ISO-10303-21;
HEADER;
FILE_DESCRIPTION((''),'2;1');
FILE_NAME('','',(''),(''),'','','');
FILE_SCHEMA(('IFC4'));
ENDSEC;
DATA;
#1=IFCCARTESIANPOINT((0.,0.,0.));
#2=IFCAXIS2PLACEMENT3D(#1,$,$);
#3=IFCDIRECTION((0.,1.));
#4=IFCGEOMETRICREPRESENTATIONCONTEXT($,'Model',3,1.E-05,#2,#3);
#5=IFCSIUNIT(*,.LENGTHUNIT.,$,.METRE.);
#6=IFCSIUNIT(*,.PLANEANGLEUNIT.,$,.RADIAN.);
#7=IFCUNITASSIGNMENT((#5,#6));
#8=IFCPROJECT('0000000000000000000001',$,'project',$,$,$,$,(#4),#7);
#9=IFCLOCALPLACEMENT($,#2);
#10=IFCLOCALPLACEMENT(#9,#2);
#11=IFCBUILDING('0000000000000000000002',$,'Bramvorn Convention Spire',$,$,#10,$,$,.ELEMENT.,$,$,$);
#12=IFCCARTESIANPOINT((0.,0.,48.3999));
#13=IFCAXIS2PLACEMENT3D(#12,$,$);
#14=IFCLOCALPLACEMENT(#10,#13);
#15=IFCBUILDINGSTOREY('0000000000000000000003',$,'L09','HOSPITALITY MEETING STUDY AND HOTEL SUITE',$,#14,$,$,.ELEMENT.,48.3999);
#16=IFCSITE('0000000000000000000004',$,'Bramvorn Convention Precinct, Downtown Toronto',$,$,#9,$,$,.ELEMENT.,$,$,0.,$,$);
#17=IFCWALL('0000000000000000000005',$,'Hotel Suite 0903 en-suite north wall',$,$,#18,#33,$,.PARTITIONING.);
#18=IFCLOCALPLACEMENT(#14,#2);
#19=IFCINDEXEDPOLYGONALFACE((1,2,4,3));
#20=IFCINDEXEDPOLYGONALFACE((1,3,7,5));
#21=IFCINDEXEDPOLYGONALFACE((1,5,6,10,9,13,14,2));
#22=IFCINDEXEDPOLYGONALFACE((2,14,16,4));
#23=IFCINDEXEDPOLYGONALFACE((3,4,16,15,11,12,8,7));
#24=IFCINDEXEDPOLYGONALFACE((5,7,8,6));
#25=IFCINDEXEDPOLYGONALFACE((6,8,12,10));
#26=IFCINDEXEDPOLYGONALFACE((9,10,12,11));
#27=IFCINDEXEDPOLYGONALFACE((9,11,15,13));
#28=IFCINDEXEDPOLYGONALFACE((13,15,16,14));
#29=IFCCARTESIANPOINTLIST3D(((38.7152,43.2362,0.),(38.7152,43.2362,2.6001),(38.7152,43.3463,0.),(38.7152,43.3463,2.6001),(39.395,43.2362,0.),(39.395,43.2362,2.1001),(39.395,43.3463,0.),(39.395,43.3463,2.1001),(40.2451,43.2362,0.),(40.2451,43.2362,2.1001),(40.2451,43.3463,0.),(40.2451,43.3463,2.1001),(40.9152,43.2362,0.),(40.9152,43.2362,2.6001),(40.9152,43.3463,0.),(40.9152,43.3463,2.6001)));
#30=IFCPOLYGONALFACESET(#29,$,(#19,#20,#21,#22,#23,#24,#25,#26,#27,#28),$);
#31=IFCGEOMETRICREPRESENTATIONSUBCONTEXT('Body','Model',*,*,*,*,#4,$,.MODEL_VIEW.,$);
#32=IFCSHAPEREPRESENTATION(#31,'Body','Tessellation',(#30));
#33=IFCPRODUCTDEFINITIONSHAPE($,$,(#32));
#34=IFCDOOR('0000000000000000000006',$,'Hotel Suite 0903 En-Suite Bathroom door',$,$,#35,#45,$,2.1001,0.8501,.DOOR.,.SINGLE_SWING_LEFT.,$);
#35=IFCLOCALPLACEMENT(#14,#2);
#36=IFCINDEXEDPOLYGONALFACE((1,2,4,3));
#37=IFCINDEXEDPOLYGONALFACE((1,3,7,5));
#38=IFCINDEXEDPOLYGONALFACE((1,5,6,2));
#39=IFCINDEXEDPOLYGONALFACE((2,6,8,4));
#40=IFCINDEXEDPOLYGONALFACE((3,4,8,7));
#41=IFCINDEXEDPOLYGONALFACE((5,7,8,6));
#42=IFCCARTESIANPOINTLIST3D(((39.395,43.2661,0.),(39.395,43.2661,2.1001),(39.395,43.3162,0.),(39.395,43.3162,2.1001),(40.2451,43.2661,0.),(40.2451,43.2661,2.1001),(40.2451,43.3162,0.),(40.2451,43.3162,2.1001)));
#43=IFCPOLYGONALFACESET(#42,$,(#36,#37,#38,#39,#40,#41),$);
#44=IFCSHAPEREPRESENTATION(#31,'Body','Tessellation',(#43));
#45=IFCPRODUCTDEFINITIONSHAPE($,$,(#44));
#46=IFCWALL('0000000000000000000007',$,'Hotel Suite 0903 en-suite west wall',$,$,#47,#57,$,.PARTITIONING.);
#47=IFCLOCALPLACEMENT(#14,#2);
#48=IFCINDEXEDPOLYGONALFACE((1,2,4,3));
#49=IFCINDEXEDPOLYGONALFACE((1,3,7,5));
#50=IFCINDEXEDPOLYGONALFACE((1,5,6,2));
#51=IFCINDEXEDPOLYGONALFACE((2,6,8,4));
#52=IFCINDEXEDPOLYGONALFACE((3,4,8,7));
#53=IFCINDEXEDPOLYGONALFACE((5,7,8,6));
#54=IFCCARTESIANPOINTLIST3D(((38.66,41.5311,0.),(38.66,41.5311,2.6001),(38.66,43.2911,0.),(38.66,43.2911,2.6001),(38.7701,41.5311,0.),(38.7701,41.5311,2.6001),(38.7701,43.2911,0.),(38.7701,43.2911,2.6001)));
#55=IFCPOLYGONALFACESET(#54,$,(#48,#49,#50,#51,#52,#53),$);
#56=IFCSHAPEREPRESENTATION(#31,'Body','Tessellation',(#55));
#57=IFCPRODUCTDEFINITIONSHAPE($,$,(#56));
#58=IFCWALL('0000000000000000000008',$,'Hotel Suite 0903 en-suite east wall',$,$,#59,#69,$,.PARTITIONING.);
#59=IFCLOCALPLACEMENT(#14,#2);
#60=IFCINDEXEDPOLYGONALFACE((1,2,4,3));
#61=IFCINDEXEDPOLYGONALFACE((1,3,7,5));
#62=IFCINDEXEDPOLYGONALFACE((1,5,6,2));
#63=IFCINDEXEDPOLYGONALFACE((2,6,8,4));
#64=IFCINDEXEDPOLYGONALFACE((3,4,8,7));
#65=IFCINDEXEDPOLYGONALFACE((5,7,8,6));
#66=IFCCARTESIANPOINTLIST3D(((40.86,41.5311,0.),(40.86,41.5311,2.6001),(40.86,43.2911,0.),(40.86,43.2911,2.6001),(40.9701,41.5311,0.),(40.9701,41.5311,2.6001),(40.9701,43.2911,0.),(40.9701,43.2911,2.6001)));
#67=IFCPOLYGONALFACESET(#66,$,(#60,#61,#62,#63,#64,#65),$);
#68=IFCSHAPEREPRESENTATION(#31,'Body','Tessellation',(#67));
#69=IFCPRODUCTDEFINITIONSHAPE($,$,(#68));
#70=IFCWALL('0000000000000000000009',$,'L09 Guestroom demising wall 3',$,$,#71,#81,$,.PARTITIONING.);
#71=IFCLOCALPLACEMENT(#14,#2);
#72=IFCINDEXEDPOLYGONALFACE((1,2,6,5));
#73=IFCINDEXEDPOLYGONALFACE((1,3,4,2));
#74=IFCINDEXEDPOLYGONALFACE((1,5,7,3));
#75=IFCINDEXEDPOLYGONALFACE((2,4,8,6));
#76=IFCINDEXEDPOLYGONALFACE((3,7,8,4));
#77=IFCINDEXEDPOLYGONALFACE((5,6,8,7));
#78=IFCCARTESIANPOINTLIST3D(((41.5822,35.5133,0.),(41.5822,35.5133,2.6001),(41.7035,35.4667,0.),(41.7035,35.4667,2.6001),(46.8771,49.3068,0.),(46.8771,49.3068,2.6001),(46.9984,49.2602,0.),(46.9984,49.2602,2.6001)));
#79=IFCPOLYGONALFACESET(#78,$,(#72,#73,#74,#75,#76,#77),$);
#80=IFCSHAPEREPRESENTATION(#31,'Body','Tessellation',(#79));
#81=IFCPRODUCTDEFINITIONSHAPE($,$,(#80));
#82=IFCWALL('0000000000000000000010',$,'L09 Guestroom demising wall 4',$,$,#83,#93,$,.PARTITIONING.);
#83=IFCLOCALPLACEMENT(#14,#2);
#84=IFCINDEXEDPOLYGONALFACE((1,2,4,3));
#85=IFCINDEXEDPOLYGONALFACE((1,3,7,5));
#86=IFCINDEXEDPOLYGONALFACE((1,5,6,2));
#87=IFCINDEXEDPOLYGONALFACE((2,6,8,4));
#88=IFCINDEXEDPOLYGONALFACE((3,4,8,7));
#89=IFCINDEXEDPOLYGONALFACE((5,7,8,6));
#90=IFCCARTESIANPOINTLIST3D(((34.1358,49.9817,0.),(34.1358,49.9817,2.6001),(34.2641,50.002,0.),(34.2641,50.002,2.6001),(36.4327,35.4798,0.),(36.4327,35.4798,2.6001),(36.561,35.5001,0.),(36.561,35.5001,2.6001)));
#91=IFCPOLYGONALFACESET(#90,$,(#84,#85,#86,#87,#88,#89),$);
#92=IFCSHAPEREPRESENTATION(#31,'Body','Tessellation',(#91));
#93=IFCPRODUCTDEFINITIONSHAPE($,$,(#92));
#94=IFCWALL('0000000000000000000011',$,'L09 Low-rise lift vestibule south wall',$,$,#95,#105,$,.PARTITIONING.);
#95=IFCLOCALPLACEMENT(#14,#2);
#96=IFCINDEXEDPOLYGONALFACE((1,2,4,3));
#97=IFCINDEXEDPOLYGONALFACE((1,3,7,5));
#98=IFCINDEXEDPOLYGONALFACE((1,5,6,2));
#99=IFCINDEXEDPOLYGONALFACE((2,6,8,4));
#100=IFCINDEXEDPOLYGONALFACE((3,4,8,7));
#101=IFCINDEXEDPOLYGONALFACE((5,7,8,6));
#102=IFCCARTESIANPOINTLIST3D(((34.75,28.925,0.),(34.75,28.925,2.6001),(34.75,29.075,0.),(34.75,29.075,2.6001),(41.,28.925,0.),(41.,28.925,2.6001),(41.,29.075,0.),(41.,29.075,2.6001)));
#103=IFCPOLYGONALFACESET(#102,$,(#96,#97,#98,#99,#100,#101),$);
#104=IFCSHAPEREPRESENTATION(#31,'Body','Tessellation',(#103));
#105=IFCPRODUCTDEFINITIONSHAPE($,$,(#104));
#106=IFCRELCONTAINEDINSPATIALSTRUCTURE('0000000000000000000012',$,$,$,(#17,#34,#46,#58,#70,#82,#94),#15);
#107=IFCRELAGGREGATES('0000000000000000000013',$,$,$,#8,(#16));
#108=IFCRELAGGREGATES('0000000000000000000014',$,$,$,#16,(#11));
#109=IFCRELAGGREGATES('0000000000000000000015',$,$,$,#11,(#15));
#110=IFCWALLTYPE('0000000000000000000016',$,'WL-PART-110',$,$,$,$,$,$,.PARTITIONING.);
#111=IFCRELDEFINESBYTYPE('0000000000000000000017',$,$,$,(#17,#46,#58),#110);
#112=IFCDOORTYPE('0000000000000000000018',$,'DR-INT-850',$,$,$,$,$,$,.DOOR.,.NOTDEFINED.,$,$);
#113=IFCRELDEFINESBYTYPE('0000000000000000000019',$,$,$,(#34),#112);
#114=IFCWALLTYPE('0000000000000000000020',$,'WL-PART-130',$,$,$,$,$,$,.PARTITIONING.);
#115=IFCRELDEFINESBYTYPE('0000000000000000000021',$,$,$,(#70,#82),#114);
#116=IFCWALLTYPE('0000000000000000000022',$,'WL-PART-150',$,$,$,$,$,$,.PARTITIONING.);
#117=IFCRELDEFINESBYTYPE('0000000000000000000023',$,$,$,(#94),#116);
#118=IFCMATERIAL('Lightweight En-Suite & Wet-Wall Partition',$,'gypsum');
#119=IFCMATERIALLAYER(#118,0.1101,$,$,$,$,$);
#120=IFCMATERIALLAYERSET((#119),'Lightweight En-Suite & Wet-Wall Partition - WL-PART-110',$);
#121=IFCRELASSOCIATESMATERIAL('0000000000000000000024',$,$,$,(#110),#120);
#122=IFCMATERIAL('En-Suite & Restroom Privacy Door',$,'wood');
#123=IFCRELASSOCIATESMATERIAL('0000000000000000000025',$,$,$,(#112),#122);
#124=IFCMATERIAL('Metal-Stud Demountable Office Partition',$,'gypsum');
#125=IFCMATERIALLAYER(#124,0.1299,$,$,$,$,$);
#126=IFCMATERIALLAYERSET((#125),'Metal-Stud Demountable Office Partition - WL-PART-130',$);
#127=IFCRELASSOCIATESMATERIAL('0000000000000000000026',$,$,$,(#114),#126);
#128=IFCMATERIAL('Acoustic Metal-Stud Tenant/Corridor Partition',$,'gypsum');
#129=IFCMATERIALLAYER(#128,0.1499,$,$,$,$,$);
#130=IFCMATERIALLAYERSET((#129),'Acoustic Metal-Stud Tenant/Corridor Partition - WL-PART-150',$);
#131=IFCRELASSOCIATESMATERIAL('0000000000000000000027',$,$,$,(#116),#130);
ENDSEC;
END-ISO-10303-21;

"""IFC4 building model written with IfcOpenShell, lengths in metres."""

from ifc_helpers import new_model, si_unit, direction, frame, frame_2d, origin, place, context, subcontext, project, spatial, rectangle, extrude, material, layer, layer_set, type_object, element, fill, save


model = new_model("IFC4")

# Units and contexts
model_context = context("Model", 3, precision=1e-05, world=origin(), true_north=direction((0.0, 1.0)))
body_context = subcontext(model_context, "Body", "Model", "MODEL_VIEW")
ifc_project = project(units=[si_unit("LENGTHUNIT", "METRE"), si_unit("PLANEANGLEUNIT", "RADIAN")], contexts=[model_context])

# Site, building, storey
site_placement = place(None, origin())
site = spatial("IfcSite", under=ifc_project, at=site_placement, Name="Bramvorn Convention Precinct, Downtown Toronto", CompositionType="ELEMENT", RefElevation=0.0)
building_placement = place(site_placement, origin())
building = spatial("IfcBuilding", under=site, at=building_placement, Name="Bramvorn Convention Spire", CompositionType="ELEMENT")
storey_placement = place(building_placement, frame((0.0, 0.0, 48.3999)))
storey = spatial("IfcBuildingStorey", under=building, at=storey_placement, Name="L09", Description="HOSPITALITY MEETING STUDY AND HOTEL SUITE", CompositionType="ELEMENT", Elevation=48.3999)

# Shared definitions
ifc_material_1 = material(Name="Lightweight En-Suite & Wet-Wall Partition", Category="gypsum")
ifc_layer_1 = layer(ifc_material_1, 0.1101)
ifc_layer_set_1 = layer_set([ifc_layer_1], Name="Lightweight En-Suite & Wet-Wall Partition - WL-PART-110")
wall_type_1 = type_object("IfcWallType", Name="WL-PART-110", PredefinedType="PARTITIONING", material=ifc_layer_set_1)

# Shared definitions
ifc_material_2 = material(Name="En-Suite & Restroom Privacy Door", Category="wood")
door_type_1 = type_object("IfcDoorType", Name="DR-INT-850", OperationType="NOTDEFINED", PredefinedType="DOOR", material=ifc_material_2)

# Wall, opening, door
wall_1_placement = place(storey_placement, frame((38.7151, 43.2913, 0.0), z_axis=(0.0, 0.0, 1.0), x_axis=(1.0, 0.0, 0.0)))
wall_1 = element("IfcWall", 1, at=wall_1_placement, inside=storey, type_object=wall_type_1, Name="Hotel Suite 0903 en-suite north wall", PredefinedType="PARTITIONING", context=body_context, shape_type="SweptSolid", body=[
    extrude(rectangle(XDim=2.2, YDim=0.1101, at=frame_2d((1.1001, 0.0))), origin(), (0.0, 0.0, 1.0), 2.6001),
])
opening_1_placement = place(wall_1_placement, frame((0.6799, 0.0, 0.0)))
opening_1 = element("IfcOpeningElement", 2, at=opening_1_placement, cuts=wall_1, PredefinedType="OPENING", context=body_context, shape_type="SweptSolid", body=[
    extrude(rectangle(XDim=0.8501, YDim=2.1001, at=frame_2d((0.425, 1.05))), frame((0.0, 0.0649, 0.0), z_axis=(0.0, -1.0, 0.0), x_axis=(1.0, 0.0, 0.0)), (0.0, 0.0, 1.0), 0.1301),
])
door_1_placement = place(opening_1_placement, origin())
door_1 = element("IfcDoor", 3, at=door_1_placement, inside=storey, type_object=door_type_1, Name="Hotel Suite 0903 En-Suite Bathroom door", OperationType="SINGLE_SWING_LEFT", OverallHeight=2.1001, OverallWidth=0.8501, PredefinedType="DOOR", context=body_context, shape_type="SweptSolid", body=[
    extrude(rectangle(XDim=0.8501, YDim=2.1001, at=frame_2d((0.425, 1.05))), frame((0.0, 0.0249, 0.0), z_axis=(0.0, -1.0, 0.0), x_axis=(1.0, 0.0, 0.0)), (0.0, 0.0, 1.0), 0.05),
])
fill(opening_1, door_1)

# Walls
for number, where, z_axis, x_axis, name in (
    (4, (38.7151, 41.5312, 0.0), (0.0, 0.0, 1.0), (0.0, 1.0, 0.0), "Hotel Suite 0903 en-suite west wall"),
    (5, (40.915, 41.5312, 0.0), (0.0, 0.0, 1.0), (0.0, 1.0, 0.0), "Hotel Suite 0903 en-suite east wall"),
):
    element("IfcWall", number, at=place(storey_placement, frame(where, z_axis=z_axis, x_axis=x_axis)), inside=storey, type_object=wall_type_1, Name=name, PredefinedType="PARTITIONING", context=body_context, shape_type="SweptSolid", body=[
        extrude(rectangle(XDim=1.76, YDim=0.1101, at=frame_2d((0.8799, 0.0))), origin(), (0.0, 0.0, 1.0), 2.6001),
    ])
ifc_material_3 = material(Name="Metal-Stud Demountable Office Partition", Category="gypsum")
ifc_layer_2 = layer(ifc_material_3, 0.1299)
ifc_layer_set_2 = layer_set([ifc_layer_2], Name="Metal-Stud Demountable Office Partition - WL-PART-130")
wall_type_2 = type_object("IfcWallType", Name="WL-PART-130", PredefinedType="PARTITIONING", material=ifc_layer_set_2)
wall_2_placement = place(storey_placement, frame((41.6428, 35.49, 0.0), z_axis=(0.0, 0.0, 1.0), x_axis=(0.358374, 0.933578, 0.0)))
element("IfcWall", 6, at=wall_2_placement, inside=storey, type_object=wall_type_2, Name="L09 Guestroom demising wall 3", PredefinedType="PARTITIONING", context=body_context, shape_type="SweptSolid", body=[
    extrude(rectangle(XDim=14.7749, YDim=0.1299, at=frame_2d((7.3875, 0.0))), origin(), (0.0, 0.0, 1.0), 2.6001),
])
wall_3_placement = place(storey_placement, frame((36.4968, 35.49, 0.0), z_axis=(0.0, 0.0, 1.0), x_axis=(-0.156434, 0.987688, 0.0)))
element("IfcWall", 7, at=wall_3_placement, inside=storey, type_object=wall_type_2, Name="L09 Guestroom demising wall 4", PredefinedType="PARTITIONING", context=body_context, shape_type="SweptSolid", body=[
    extrude(rectangle(XDim=14.6826, YDim=0.1299, at=frame_2d((7.3413, 0.0))), origin(), (0.0, 0.0, 1.0), 2.6001),
])
ifc_material_4 = material(Name="Acoustic Metal-Stud Tenant/Corridor Partition", Category="gypsum")
ifc_layer_3 = layer(ifc_material_4, 0.1499)
ifc_layer_set_3 = layer_set([ifc_layer_3], Name="Acoustic Metal-Stud Tenant/Corridor Partition - WL-PART-150")
wall_type_3 = type_object("IfcWallType", Name="WL-PART-150", PredefinedType="PARTITIONING", material=ifc_layer_set_3)
wall_4_placement = place(storey_placement, frame((34.75, 29.0, 0.0), z_axis=(0.0, 0.0, 1.0), x_axis=(1.0, 0.0, 0.0)))
element("IfcWall", 8, at=wall_4_placement, inside=storey, type_object=wall_type_3, Name="L09 Low-rise lift vestibule south wall", PredefinedType="PARTITIONING", context=body_context, shape_type="SweptSolid", body=[
    extrude(rectangle(XDim=6.25, YDim=0.1499, at=frame_2d((3.125, 0.0))), origin(), (0.0, 0.0, 1.0), 2.6001),
])

save(model, "model.ifc")
